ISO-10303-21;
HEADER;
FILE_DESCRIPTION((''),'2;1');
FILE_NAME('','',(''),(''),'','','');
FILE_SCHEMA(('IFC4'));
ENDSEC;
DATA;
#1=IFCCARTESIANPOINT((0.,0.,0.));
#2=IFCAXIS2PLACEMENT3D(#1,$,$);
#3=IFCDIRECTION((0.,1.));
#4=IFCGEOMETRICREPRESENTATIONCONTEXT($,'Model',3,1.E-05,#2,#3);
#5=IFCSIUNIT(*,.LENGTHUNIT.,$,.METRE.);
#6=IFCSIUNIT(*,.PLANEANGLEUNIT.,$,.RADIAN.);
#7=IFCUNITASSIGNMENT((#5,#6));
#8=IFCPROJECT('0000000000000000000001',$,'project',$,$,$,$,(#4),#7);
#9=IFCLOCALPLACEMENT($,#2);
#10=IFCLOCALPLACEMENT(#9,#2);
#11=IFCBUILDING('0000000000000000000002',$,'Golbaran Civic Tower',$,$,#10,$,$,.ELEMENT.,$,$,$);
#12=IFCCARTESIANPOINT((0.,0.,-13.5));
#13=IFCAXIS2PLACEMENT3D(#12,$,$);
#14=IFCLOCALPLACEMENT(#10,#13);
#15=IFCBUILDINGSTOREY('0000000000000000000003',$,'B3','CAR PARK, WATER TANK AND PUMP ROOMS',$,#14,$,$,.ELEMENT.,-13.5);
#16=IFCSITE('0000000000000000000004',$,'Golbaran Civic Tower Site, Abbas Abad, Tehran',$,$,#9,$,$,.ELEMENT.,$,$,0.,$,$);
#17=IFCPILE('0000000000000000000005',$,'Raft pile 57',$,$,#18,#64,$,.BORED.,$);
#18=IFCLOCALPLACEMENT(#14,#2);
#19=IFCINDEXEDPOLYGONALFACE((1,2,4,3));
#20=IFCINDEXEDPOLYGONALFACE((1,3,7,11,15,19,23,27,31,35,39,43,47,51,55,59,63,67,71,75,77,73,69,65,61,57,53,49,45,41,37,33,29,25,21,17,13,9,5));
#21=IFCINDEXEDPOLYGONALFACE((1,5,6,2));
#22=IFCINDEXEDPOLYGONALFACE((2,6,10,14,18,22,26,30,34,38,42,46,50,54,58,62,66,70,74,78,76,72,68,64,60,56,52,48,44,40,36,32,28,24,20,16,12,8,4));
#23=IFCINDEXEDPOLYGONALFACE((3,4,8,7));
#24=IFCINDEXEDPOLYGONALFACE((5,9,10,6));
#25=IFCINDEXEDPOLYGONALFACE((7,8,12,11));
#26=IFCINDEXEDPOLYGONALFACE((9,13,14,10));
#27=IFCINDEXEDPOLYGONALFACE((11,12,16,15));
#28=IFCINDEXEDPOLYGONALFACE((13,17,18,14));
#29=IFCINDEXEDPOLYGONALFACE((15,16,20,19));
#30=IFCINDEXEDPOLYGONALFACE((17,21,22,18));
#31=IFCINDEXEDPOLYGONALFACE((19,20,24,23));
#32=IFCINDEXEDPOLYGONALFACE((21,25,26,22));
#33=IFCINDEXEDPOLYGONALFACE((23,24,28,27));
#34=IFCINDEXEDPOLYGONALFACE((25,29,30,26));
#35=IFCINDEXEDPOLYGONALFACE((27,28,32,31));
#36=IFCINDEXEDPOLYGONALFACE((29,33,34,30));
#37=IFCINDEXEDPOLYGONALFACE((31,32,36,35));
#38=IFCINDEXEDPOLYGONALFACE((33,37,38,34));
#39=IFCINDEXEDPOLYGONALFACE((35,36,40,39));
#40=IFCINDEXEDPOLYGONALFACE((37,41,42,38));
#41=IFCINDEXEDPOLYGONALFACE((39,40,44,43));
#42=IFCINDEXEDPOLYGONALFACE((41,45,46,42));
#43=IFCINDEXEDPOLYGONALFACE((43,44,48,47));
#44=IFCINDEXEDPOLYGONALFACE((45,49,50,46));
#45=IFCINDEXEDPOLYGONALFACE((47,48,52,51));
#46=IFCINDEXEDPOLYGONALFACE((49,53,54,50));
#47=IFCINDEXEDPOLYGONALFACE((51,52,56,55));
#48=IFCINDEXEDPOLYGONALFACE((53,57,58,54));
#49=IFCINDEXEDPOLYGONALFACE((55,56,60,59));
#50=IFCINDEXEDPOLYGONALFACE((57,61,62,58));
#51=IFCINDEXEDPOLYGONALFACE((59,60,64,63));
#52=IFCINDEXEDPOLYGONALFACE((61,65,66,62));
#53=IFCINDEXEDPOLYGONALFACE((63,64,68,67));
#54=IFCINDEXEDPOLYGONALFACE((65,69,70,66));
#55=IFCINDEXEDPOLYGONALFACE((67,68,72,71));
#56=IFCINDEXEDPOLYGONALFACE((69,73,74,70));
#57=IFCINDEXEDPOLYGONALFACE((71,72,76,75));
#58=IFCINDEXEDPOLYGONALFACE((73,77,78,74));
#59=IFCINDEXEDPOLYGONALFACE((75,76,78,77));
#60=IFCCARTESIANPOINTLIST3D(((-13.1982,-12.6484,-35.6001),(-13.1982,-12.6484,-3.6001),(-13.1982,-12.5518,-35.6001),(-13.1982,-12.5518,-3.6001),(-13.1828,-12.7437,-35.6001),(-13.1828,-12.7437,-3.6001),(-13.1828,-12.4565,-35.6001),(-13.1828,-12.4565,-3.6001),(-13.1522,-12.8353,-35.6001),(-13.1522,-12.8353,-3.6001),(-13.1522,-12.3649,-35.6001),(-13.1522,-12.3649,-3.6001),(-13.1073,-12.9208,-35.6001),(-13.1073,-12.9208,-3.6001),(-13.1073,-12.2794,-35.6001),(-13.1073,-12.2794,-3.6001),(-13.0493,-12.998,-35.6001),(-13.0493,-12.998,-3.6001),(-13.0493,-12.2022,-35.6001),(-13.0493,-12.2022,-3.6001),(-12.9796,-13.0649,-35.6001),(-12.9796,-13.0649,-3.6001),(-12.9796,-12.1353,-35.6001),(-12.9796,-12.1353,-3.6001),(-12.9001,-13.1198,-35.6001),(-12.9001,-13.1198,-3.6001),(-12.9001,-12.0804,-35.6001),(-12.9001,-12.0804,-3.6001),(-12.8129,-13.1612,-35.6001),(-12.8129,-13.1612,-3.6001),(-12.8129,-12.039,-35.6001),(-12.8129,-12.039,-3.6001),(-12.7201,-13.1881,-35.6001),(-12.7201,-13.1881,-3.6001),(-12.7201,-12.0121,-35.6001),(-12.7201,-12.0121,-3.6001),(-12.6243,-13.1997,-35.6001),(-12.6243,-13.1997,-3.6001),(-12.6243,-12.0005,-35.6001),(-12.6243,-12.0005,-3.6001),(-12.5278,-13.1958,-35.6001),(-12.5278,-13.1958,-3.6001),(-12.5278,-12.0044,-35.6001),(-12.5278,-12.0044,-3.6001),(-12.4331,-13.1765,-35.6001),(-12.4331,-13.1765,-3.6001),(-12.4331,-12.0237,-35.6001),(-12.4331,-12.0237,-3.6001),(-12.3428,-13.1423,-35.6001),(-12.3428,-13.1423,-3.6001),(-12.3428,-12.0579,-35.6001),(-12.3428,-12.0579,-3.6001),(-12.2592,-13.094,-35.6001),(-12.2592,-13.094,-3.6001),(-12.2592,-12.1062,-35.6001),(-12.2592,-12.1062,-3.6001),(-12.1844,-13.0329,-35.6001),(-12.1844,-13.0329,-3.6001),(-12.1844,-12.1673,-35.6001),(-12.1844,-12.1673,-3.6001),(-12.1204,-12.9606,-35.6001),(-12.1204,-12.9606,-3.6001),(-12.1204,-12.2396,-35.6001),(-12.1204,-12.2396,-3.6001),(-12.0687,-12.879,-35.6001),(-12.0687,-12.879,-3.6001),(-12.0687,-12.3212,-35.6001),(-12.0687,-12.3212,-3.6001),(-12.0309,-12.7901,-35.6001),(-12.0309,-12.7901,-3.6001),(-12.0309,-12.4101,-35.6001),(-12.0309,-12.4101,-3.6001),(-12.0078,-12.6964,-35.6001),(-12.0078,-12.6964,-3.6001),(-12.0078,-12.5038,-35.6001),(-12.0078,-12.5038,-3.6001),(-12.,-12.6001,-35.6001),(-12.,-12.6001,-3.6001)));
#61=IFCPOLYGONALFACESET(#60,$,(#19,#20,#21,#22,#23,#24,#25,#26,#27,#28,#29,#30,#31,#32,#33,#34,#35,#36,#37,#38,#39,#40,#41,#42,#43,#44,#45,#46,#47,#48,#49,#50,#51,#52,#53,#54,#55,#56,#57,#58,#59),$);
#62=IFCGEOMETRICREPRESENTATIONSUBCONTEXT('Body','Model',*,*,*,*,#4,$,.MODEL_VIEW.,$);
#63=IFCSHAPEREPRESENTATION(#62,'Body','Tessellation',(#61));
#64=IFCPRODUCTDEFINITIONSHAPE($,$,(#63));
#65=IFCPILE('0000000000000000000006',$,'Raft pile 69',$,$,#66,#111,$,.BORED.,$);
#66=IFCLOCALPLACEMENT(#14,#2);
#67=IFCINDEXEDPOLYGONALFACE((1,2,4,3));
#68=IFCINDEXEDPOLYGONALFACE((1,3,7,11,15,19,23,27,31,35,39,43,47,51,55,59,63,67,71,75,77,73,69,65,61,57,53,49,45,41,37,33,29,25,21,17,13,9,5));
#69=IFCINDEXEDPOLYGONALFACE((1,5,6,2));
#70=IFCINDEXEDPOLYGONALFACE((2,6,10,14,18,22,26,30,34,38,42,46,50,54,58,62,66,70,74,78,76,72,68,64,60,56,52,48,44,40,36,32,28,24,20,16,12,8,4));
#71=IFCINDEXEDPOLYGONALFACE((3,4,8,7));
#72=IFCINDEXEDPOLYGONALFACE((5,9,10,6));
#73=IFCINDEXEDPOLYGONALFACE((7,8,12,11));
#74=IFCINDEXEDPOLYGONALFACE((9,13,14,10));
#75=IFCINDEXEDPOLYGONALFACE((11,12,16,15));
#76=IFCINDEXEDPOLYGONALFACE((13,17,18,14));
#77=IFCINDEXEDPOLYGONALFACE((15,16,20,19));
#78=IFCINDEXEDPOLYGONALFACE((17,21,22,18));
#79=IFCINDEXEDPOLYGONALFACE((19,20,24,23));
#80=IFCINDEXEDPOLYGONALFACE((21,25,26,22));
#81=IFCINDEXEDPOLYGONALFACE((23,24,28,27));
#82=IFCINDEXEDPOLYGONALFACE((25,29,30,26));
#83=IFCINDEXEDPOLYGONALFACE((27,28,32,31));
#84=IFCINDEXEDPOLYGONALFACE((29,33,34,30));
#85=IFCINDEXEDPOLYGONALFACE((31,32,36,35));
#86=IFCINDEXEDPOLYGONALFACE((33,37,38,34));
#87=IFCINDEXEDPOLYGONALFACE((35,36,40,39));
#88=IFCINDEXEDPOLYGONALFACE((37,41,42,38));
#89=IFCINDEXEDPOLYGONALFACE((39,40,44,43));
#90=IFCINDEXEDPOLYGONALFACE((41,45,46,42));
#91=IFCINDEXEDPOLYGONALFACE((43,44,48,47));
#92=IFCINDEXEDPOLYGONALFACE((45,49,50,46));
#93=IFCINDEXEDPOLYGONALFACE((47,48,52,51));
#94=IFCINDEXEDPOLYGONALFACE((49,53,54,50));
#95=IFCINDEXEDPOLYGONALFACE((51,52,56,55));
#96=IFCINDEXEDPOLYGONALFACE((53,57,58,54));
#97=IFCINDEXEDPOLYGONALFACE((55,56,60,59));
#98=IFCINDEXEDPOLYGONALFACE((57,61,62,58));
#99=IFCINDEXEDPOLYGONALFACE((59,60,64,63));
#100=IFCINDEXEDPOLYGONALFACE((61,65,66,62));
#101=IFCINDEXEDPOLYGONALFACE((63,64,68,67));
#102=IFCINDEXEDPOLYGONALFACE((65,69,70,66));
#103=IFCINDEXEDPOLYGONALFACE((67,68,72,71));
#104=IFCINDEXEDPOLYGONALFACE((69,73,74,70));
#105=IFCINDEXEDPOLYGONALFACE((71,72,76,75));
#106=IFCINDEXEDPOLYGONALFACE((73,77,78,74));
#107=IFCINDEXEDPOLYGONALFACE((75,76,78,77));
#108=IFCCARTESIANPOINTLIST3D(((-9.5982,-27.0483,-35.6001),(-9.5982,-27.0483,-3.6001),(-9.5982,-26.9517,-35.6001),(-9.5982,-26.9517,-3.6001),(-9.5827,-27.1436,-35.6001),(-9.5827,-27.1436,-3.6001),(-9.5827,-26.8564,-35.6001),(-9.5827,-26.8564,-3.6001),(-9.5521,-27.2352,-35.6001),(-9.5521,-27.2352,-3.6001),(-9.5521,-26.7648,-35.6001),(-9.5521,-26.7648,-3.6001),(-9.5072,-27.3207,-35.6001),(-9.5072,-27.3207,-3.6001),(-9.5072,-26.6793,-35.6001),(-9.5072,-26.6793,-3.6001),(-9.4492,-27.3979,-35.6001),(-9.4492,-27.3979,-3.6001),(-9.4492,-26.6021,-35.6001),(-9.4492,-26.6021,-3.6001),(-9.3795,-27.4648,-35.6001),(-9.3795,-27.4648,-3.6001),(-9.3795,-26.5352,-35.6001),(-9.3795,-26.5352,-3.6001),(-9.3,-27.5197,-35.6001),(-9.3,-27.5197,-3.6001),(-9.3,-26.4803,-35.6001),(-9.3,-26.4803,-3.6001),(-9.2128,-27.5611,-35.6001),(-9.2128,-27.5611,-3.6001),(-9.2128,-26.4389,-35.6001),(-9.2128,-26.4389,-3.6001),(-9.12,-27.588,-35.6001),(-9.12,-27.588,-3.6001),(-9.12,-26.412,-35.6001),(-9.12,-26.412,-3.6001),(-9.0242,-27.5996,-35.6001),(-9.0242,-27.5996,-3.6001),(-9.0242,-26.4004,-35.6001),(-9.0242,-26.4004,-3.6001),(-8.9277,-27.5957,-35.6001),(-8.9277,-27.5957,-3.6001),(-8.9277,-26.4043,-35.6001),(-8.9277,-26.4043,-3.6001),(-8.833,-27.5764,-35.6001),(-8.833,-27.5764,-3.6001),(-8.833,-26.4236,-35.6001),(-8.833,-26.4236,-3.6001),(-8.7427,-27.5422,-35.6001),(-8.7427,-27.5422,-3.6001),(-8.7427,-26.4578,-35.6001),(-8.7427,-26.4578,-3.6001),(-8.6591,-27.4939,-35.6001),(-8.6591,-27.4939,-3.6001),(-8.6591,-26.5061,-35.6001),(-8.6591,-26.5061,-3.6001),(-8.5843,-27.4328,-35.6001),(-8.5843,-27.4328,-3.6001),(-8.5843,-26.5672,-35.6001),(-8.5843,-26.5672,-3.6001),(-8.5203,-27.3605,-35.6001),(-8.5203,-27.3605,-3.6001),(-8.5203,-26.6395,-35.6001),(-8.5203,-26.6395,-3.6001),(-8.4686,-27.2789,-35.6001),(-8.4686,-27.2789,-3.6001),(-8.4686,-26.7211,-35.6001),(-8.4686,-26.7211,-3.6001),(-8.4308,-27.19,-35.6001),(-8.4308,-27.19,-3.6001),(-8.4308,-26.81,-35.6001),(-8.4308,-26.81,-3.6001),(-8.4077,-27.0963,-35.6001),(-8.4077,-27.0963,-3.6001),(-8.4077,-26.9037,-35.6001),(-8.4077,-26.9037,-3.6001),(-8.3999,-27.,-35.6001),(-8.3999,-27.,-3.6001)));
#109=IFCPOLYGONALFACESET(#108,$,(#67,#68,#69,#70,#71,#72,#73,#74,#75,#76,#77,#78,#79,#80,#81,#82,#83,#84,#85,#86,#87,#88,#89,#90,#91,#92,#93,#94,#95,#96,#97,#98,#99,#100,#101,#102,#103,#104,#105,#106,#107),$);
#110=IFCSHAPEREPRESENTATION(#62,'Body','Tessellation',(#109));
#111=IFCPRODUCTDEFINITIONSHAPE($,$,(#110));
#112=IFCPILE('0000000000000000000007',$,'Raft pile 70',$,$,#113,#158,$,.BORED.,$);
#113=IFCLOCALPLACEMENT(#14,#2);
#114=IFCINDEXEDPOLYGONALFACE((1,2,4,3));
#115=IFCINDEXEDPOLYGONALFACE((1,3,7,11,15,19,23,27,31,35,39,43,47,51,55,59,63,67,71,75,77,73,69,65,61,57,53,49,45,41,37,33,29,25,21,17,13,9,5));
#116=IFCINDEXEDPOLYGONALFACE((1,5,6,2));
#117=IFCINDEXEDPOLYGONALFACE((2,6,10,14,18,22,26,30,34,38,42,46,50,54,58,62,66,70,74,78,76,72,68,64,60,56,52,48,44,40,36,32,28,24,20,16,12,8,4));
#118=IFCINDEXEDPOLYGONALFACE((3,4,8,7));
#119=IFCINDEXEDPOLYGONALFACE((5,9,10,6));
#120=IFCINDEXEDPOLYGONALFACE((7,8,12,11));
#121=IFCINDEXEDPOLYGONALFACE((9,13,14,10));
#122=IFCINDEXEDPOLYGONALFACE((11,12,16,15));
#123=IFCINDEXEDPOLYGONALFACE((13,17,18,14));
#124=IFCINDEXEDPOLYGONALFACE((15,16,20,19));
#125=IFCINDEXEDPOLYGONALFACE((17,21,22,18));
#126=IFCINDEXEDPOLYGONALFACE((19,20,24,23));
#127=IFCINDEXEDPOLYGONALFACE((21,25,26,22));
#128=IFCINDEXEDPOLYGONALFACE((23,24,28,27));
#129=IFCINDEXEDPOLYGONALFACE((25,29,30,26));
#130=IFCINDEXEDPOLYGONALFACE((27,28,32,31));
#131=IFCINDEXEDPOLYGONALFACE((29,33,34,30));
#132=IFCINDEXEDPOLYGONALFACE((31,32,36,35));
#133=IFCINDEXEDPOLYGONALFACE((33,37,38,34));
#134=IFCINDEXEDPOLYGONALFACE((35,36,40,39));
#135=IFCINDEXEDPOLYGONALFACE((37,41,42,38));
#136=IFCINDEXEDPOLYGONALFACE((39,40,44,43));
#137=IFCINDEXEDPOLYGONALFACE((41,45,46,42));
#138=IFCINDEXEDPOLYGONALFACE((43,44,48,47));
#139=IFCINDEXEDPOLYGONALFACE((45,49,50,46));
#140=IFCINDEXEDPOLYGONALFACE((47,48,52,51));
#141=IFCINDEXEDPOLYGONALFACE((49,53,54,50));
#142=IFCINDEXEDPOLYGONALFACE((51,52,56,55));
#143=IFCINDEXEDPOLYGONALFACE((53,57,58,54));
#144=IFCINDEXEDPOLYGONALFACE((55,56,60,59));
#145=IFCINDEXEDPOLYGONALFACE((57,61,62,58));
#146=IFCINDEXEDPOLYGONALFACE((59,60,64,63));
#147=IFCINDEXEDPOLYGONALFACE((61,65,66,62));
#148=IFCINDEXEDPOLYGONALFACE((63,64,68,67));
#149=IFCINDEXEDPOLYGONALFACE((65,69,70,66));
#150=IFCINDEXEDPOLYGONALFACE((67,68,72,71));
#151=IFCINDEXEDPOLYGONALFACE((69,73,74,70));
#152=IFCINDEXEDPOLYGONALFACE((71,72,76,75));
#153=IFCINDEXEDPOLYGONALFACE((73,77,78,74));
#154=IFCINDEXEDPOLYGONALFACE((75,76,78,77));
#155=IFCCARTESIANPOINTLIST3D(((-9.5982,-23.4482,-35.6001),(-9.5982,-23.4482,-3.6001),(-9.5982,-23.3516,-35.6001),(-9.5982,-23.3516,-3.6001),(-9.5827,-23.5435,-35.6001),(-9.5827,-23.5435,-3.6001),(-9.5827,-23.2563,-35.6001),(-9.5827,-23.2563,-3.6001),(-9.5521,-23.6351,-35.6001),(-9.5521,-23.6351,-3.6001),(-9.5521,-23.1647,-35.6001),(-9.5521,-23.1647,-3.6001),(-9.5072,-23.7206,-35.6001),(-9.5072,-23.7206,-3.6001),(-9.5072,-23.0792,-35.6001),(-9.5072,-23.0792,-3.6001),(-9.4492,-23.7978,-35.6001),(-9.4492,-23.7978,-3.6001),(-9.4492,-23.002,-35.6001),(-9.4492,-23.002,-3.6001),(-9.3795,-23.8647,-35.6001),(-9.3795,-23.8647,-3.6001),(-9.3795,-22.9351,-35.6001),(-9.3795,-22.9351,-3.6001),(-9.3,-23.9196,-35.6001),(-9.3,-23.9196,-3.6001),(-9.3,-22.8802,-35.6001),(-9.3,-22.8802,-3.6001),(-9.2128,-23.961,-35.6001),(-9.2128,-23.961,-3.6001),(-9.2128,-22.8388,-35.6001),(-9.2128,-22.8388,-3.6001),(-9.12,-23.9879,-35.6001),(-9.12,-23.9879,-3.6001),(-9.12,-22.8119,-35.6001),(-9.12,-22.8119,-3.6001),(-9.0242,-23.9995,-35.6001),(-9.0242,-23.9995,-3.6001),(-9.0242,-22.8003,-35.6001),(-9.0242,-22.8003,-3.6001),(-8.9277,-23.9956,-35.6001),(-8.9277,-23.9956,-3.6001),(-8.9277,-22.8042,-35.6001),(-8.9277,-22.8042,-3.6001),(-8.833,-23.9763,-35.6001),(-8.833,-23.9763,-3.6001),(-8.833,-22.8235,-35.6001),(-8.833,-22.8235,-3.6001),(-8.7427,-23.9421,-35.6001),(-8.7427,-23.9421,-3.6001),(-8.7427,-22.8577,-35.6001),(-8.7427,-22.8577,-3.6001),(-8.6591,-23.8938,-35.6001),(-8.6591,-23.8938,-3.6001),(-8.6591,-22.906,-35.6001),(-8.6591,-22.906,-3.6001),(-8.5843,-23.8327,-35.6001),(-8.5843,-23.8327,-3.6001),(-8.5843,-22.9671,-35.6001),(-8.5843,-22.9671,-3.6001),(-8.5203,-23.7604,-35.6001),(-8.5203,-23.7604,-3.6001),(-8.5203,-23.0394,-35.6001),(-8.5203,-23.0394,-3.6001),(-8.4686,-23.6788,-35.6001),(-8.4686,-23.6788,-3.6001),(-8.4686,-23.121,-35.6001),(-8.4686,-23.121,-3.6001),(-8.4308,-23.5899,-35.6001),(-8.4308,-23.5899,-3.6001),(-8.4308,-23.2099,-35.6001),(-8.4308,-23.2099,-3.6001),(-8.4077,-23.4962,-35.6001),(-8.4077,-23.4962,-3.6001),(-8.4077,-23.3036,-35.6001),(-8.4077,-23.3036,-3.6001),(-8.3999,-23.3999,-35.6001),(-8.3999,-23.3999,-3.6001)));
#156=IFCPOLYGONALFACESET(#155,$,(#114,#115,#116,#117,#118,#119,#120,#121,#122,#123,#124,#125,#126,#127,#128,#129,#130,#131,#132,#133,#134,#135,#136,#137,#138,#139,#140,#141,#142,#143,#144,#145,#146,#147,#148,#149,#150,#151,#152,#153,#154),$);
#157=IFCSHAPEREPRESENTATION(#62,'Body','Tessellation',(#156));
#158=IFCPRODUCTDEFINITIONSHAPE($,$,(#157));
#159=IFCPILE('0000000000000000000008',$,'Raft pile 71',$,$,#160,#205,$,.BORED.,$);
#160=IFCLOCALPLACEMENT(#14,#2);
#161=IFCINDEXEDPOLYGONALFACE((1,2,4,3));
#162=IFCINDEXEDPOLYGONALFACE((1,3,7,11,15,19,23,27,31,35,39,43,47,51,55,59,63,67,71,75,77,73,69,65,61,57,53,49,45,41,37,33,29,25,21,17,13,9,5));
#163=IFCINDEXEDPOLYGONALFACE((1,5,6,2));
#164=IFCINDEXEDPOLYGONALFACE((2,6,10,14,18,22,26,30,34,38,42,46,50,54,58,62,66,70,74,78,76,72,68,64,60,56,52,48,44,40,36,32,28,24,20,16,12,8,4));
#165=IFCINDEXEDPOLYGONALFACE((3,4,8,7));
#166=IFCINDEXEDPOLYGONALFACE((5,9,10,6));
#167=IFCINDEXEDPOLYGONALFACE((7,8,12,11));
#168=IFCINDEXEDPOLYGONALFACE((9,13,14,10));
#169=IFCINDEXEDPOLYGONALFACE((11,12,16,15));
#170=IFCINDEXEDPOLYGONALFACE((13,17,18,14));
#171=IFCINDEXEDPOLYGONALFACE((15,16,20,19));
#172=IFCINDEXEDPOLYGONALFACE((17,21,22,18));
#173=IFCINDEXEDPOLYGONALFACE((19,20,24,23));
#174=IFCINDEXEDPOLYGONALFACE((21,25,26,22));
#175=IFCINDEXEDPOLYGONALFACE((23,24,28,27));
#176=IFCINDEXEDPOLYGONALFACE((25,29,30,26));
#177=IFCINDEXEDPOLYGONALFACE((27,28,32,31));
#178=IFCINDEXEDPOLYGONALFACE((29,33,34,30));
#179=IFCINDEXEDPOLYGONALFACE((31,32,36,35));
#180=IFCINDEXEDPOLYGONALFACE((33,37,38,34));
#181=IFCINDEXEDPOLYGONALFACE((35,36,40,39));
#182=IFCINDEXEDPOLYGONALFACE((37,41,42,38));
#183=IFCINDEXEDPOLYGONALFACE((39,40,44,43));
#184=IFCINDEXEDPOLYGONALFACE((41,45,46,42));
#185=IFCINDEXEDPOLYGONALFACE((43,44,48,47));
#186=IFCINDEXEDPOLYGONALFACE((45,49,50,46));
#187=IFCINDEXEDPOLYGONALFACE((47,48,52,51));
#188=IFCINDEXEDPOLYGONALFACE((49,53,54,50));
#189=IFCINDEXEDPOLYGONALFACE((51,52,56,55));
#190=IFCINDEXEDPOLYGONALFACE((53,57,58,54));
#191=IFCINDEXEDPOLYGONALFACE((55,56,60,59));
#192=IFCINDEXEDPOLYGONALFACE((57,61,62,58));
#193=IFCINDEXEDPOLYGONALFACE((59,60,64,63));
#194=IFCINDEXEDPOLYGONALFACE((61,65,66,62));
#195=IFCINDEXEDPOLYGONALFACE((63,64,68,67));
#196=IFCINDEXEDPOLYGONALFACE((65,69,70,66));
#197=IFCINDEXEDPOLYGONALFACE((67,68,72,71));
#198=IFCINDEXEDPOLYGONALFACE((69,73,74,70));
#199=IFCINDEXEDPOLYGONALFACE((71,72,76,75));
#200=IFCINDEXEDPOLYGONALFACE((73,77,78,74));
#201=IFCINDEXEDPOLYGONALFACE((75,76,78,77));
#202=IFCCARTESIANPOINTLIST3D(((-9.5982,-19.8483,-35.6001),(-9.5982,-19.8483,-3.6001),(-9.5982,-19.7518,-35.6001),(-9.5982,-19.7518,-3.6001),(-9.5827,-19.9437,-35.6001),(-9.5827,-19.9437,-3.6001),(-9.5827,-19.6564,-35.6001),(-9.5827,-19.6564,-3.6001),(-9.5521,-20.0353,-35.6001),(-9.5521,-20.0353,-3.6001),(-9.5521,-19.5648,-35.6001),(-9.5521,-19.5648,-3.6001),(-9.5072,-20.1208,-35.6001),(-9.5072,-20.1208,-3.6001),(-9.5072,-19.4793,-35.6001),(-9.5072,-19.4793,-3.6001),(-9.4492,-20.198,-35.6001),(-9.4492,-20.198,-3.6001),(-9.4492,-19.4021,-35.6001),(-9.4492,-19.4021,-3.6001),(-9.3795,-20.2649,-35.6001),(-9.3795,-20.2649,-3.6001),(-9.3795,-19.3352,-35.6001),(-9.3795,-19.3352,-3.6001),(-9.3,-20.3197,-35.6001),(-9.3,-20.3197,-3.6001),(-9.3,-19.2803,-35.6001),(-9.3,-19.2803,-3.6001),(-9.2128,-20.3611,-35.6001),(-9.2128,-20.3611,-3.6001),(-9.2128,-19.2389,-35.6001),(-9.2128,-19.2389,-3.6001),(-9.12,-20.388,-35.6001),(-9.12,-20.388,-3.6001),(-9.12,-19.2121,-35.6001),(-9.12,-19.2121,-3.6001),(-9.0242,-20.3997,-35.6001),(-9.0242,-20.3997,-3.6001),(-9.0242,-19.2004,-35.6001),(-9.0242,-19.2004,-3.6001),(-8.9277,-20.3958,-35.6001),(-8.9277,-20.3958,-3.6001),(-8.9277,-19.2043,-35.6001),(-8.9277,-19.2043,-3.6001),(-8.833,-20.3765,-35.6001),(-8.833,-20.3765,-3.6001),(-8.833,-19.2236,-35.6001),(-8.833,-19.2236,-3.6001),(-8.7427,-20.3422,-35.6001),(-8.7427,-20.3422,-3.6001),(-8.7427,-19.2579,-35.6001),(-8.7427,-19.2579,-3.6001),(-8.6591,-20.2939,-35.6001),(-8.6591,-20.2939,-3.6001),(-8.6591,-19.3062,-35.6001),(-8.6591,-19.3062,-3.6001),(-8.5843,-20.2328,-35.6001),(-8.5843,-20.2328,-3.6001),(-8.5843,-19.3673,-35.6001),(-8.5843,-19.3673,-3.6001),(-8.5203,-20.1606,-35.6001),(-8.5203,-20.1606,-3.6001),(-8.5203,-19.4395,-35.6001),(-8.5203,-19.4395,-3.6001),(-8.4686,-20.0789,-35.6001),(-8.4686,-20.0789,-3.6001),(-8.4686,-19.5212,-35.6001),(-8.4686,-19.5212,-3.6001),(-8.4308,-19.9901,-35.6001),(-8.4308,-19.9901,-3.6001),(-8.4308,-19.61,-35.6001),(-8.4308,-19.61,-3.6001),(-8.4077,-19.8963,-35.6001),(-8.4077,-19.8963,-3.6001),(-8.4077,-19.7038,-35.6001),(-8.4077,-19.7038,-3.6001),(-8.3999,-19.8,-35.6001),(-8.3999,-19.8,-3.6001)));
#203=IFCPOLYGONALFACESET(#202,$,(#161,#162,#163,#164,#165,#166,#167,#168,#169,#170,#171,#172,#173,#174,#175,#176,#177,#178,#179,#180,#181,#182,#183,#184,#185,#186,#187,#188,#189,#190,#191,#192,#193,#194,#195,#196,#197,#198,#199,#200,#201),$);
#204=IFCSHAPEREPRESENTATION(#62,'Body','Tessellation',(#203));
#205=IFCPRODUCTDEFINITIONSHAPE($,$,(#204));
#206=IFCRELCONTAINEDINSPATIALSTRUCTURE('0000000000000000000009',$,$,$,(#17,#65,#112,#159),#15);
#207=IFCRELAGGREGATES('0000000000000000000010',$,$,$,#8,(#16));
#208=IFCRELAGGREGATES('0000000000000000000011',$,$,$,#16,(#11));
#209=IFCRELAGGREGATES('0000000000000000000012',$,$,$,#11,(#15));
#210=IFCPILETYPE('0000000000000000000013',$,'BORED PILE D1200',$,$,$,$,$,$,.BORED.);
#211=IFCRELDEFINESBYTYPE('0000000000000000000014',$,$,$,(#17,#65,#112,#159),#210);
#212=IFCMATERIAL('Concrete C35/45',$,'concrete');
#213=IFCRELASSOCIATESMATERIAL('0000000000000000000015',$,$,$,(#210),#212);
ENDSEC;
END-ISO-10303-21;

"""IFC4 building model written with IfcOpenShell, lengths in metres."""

from ifc_helpers import new_model, si_unit, direction, frame, origin, origin_2d, place, context, subcontext, project, spatial, circle, extrude, material, material_profile, profile_set, type_object, element, save


model = new_model("IFC4")

# Units and contexts
model_context = context("Model", 3, precision=1e-05, world=origin(), true_north=direction((0.0, 1.0)))
body_context = subcontext(model_context, "Body", "Model", "MODEL_VIEW")
ifc_project = project(units=[si_unit("LENGTHUNIT", "METRE"), si_unit("PLANEANGLEUNIT", "RADIAN")], contexts=[model_context])

# Site, building, storey
site_placement = place(None, origin())
site = spatial("IfcSite", under=ifc_project, at=site_placement, Name="Golbaran Civic Tower Site, Abbas Abad, Tehran", CompositionType="ELEMENT", RefElevation=0.0)
building_placement = place(site_placement, origin())
building = spatial("IfcBuilding", under=site, at=building_placement, Name="Golbaran Civic Tower", CompositionType="ELEMENT")
storey_placement = place(building_placement, frame((0.0, 0.0, -13.5)))
storey = spatial("IfcBuildingStorey", under=building, at=storey_placement, Name="B3", Description="CAR PARK, WATER TANK AND PUMP ROOMS", CompositionType="ELEMENT", Elevation=-13.5)

# Piles
ifc_material_1 = material(Name="Concrete C35/45", Category="concrete")
ifc_material_profile_1 = material_profile(ifc_material_1, circle(Radius=0.6001, at=origin_2d()), Name="BORED PILE D1200")
ifc_profile_set_1 = profile_set([ifc_material_profile_1], Name="Concrete C35/45")
pile_type_1 = type_object("IfcPileType", Name="BORED PILE D1200", PredefinedType="BORED", material=ifc_profile_set_1)
for number, where, z_axis, x_axis, name in (
    (1, (-12.6001, -12.6001, -3.6001), (0.0, 0.0, -1.0), (1.0, 0.0, 0.0), "Raft pile 57"),
    (2, (-9.0, -27.0, -3.6001), (0.0, 0.0, -1.0), (1.0, 0.0, 0.0), "Raft pile 69"),
    (3, (-9.0, -23.3999, -3.6001), (0.0, 0.0, -1.0), (1.0, 0.0, 0.0), "Raft pile 70"),
    (4, (-9.0, -19.8, -3.6001), (0.0, 0.0, -1.0), (1.0, 0.0, 0.0), "Raft pile 71"),
):
    element("IfcPile", number, at=place(storey_placement, frame(where, z_axis=z_axis, x_axis=x_axis)), inside=storey, type_object=pile_type_1, Name=name, PredefinedType="BORED", context=body_context, shape_type="SweptSolid", body=[
        extrude(circle(Radius=0.6001, at=origin_2d()), origin(), (0.0, 0.0, 1.0), 32.0),
    ])

save(model, "model.ifc")
